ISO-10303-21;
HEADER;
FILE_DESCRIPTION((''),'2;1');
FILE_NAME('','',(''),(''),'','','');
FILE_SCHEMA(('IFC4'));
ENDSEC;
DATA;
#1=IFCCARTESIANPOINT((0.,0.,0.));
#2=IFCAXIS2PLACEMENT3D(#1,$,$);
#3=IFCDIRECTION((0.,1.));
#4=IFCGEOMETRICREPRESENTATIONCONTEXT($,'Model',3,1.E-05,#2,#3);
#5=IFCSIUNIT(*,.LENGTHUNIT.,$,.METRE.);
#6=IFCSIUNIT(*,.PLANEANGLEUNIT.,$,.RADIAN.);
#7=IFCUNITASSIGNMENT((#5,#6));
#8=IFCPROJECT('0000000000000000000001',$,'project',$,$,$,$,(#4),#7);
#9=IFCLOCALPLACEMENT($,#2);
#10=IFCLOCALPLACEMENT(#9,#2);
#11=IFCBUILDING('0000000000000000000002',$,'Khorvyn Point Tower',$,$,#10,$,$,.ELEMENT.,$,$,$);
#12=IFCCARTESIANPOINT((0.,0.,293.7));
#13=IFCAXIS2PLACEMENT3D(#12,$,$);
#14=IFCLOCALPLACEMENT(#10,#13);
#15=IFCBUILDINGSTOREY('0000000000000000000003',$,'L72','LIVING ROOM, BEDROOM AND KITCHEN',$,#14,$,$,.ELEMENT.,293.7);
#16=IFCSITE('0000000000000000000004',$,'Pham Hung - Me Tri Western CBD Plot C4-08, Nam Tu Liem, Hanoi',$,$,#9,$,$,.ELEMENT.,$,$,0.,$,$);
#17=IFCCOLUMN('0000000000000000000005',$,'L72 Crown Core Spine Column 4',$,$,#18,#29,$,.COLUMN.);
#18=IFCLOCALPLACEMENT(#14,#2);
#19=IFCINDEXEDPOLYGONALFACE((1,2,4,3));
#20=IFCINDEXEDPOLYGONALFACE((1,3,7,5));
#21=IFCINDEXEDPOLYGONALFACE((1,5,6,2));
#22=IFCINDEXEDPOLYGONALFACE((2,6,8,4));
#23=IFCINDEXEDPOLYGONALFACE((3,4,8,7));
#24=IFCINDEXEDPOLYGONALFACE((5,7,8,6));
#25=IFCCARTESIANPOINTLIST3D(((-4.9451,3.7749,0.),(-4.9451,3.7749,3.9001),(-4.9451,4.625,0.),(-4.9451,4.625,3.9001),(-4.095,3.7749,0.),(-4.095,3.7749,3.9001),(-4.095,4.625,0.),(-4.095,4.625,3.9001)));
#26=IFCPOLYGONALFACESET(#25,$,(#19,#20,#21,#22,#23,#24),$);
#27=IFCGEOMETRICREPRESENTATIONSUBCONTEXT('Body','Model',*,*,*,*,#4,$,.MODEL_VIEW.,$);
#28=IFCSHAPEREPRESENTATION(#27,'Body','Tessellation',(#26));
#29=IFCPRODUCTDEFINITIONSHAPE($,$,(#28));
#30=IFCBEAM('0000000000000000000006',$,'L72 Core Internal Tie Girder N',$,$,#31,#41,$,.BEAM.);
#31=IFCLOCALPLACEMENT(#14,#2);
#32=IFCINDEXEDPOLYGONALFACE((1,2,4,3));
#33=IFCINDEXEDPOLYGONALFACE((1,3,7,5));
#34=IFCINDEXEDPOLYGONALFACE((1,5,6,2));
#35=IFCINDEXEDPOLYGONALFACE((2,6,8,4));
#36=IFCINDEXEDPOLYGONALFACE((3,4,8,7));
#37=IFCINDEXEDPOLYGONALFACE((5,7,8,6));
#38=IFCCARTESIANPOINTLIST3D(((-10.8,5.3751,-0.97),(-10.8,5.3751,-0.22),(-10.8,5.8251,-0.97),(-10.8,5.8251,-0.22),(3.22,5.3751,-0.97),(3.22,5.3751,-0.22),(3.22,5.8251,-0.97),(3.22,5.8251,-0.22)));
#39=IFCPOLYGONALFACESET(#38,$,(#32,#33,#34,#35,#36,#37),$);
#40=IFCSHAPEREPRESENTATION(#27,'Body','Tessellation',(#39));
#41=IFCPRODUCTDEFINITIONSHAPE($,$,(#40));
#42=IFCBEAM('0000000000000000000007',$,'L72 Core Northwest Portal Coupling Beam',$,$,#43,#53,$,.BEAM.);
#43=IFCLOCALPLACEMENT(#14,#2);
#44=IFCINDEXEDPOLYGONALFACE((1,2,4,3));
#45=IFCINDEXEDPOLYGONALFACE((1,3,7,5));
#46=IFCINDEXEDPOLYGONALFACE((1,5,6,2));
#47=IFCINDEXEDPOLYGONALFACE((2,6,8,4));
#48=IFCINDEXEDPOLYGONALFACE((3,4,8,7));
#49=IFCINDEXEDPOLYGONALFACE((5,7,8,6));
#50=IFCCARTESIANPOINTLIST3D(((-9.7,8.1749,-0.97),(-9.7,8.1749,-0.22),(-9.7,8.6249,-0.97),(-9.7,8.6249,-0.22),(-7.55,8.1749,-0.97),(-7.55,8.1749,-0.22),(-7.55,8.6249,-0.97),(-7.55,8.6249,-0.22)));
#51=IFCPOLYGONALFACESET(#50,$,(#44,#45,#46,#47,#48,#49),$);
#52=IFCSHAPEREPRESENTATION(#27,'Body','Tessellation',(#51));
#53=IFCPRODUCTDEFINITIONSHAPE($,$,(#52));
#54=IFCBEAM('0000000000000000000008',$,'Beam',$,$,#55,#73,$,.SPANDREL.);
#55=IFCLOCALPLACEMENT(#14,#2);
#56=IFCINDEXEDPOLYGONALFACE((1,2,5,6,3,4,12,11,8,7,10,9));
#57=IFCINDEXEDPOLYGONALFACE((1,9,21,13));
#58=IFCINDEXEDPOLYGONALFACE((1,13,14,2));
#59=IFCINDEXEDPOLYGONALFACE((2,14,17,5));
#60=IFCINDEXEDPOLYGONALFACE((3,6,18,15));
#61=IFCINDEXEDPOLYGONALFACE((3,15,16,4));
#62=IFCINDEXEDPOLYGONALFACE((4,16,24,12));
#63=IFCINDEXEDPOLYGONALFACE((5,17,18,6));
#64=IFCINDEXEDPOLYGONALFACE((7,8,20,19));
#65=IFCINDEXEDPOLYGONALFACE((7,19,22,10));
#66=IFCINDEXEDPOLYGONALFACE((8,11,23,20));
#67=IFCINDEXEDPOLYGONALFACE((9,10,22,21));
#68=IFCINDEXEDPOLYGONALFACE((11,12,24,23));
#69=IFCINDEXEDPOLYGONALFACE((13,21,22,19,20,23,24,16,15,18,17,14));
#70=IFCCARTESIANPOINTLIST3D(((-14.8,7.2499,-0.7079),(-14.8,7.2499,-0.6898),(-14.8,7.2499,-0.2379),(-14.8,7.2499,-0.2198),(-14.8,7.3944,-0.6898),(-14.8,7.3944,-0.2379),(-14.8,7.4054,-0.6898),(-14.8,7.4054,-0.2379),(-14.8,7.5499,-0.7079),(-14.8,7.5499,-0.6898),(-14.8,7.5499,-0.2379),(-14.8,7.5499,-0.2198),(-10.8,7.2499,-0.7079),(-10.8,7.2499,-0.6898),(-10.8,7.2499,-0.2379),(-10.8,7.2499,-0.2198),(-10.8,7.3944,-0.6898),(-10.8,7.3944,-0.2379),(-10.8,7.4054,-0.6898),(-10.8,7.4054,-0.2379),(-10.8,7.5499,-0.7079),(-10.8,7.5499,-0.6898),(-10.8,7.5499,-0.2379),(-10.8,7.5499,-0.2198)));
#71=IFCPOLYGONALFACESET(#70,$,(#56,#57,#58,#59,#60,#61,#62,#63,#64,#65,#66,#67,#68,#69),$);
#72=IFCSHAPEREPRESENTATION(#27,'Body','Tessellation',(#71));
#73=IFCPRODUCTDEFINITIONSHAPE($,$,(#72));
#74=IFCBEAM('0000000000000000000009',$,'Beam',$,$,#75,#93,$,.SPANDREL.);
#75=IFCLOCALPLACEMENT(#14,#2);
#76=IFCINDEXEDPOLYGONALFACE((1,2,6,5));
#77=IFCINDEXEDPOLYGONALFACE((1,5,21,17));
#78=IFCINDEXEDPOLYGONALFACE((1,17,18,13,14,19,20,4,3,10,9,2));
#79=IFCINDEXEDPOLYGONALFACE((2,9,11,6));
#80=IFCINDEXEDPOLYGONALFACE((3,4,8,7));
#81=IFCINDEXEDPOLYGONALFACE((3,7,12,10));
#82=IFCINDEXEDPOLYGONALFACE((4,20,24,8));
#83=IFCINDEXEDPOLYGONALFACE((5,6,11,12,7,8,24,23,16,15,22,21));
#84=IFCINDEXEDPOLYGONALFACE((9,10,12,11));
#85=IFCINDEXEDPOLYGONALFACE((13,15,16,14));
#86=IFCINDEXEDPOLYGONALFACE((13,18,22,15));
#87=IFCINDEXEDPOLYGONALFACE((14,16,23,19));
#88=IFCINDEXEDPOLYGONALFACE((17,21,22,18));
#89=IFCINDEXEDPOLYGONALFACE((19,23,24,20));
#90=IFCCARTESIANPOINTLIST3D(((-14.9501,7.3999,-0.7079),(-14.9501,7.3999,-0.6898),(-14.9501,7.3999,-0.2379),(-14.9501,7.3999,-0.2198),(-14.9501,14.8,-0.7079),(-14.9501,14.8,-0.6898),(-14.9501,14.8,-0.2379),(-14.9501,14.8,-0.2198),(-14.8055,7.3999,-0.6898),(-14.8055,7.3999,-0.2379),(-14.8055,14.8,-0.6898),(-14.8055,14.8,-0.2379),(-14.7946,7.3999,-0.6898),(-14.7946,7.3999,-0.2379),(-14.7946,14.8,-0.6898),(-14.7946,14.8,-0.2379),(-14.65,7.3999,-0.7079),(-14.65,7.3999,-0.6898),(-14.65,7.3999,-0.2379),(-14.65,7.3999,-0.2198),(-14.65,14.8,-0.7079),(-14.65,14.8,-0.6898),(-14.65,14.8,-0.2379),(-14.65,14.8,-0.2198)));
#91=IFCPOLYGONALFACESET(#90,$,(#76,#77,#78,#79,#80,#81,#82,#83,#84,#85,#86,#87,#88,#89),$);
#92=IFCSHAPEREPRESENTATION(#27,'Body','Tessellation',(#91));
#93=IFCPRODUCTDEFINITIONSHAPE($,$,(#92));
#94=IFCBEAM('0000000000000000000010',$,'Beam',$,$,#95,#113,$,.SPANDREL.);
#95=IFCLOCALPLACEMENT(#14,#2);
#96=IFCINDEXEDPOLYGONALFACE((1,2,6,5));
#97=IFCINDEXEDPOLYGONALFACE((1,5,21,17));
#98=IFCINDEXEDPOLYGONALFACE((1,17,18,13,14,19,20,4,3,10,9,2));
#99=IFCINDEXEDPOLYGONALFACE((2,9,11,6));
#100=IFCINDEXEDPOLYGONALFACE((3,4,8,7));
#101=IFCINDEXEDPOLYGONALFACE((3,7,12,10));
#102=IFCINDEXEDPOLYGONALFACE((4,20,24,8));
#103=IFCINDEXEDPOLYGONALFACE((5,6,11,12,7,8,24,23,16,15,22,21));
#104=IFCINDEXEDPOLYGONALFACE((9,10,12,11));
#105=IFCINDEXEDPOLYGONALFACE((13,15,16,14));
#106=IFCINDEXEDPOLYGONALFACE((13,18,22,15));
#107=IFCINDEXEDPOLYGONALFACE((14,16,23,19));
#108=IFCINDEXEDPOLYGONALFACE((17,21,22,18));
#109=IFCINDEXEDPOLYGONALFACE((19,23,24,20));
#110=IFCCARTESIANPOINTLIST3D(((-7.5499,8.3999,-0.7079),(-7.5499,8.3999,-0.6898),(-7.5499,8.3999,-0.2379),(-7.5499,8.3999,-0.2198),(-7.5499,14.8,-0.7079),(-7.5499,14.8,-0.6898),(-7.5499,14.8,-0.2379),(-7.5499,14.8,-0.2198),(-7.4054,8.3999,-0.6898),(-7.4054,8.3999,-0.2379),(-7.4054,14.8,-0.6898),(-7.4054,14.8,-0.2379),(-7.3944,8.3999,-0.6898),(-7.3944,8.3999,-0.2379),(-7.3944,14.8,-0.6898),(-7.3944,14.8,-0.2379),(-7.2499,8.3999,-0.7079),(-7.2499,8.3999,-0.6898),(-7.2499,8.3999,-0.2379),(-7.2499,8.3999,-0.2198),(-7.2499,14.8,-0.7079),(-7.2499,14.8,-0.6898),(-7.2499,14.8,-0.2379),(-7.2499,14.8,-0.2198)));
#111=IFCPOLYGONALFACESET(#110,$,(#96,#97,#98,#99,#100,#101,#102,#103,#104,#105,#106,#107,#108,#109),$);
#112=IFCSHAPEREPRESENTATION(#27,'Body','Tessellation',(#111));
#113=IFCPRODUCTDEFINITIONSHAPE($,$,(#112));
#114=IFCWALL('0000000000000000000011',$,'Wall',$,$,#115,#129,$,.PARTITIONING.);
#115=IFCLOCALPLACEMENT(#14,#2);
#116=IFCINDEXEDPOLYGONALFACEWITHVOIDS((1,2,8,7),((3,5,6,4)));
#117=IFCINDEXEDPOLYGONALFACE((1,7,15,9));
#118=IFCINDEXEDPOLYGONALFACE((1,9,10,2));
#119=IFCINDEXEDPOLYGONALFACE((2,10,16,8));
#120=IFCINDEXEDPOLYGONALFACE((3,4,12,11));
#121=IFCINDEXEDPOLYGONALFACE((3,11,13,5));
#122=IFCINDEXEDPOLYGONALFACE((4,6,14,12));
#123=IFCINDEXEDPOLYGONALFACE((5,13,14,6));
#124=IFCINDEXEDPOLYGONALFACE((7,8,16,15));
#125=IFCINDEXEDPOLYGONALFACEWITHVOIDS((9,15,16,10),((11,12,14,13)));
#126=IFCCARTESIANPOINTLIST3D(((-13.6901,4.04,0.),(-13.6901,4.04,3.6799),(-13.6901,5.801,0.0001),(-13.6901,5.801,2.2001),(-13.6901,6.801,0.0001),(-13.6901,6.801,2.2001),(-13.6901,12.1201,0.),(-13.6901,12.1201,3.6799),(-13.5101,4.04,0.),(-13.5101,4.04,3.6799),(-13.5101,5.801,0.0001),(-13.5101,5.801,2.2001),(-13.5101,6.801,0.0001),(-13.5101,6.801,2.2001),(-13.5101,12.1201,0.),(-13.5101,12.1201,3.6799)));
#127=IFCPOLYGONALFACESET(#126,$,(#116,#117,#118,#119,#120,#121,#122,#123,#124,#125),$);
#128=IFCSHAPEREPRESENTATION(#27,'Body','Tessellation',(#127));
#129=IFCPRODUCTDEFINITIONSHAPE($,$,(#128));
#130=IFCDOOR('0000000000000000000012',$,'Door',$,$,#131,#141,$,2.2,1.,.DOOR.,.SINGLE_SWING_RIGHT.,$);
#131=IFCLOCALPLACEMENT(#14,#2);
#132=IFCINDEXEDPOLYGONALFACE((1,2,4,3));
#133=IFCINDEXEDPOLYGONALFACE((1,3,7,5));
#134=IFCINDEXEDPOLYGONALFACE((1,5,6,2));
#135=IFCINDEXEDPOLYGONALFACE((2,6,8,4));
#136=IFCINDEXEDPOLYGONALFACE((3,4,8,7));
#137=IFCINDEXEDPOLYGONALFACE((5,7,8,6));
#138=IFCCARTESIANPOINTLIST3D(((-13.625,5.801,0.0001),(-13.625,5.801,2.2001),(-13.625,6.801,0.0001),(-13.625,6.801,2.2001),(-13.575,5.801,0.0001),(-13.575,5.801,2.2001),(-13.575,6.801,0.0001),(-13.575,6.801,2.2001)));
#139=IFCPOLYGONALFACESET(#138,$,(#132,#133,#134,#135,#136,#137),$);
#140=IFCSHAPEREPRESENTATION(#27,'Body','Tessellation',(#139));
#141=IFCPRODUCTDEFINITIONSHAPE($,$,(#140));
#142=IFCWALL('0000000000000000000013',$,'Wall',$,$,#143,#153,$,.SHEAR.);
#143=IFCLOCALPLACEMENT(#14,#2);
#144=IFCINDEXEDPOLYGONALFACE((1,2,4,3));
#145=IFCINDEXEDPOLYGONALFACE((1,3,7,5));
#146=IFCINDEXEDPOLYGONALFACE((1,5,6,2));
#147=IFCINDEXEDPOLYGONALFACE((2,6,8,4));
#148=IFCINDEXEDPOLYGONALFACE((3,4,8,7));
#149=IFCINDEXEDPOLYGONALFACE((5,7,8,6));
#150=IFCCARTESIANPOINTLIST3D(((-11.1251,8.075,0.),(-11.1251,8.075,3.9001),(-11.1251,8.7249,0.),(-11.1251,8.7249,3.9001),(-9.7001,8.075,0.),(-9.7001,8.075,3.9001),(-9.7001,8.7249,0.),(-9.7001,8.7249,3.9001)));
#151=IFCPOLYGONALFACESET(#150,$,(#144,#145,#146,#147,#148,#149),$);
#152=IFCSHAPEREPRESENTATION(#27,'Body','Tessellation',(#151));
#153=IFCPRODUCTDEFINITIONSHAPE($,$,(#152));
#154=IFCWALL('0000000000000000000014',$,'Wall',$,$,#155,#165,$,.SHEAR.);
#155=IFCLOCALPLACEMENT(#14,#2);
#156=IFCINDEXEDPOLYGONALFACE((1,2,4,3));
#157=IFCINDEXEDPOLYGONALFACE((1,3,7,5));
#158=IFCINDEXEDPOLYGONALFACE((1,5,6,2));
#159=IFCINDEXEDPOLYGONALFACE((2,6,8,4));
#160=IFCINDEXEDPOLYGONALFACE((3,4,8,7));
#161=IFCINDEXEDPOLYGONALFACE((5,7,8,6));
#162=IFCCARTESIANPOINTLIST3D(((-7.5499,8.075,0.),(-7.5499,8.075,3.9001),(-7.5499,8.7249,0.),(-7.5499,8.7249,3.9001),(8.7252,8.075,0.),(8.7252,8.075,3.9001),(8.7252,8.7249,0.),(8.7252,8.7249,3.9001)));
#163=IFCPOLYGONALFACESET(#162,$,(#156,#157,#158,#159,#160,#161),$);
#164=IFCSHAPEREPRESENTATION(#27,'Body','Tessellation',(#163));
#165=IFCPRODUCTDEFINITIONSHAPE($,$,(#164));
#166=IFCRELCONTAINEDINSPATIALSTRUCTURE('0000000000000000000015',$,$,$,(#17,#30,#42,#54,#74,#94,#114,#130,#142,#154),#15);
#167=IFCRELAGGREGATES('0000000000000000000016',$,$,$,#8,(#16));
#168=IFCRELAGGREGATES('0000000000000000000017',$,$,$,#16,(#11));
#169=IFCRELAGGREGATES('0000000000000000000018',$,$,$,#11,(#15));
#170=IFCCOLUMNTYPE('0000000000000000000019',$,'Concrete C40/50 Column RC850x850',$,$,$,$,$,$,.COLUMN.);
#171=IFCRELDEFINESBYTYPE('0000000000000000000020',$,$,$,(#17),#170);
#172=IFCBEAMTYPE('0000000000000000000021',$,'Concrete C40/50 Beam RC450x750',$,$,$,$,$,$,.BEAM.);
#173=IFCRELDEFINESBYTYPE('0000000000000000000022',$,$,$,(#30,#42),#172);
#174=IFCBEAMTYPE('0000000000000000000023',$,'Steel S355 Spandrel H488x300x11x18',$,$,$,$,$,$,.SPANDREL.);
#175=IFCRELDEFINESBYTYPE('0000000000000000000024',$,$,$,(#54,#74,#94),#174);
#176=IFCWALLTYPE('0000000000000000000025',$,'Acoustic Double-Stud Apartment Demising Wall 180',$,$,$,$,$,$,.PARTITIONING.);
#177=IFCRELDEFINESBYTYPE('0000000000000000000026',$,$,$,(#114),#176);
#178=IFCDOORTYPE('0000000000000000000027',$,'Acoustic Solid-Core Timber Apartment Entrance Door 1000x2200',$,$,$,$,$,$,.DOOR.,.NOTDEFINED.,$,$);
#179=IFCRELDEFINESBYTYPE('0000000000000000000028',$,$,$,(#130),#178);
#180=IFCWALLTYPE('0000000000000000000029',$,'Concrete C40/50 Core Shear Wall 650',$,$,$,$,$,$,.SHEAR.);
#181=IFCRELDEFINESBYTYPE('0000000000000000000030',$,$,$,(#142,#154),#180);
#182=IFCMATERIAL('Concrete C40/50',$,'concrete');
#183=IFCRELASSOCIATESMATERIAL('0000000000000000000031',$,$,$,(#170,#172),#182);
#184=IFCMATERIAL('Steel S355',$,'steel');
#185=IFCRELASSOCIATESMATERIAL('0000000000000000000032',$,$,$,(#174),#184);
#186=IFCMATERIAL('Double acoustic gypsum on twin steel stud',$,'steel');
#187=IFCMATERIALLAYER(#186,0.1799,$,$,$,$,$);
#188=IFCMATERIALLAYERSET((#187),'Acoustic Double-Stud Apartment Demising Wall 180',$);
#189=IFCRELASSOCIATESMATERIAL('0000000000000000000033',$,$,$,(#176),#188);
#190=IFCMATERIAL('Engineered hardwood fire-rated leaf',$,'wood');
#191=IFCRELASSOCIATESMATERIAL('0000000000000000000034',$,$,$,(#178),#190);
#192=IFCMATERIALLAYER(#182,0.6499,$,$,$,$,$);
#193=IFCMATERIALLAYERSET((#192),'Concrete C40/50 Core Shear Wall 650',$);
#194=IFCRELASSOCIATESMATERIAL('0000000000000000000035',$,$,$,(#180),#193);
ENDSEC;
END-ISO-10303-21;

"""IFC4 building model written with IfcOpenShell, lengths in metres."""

from ifc_helpers import new_model, si_unit, direction, frame, frame_2d, origin, origin_2d, place, context, subcontext, project, spatial, rectangle, i_section, extrude, material, layer, layer_set, material_profile, profile_set, type_object, element, fill, save


model = new_model("IFC4")

# Units and contexts
model_context = context("Model", 3, precision=1e-05, world=origin(), true_north=direction((0.0, 1.0)))
body_context = subcontext(model_context, "Body", "Model", "MODEL_VIEW")
ifc_project = project(units=[si_unit("LENGTHUNIT", "METRE"), si_unit("PLANEANGLEUNIT", "RADIAN")], contexts=[model_context])

# Site, building, storey
site_placement = place(None, origin())
site = spatial("IfcSite", under=ifc_project, at=site_placement, Name="Pham Hung - Me Tri Western CBD Plot C4-08, Nam Tu Liem, Hanoi", CompositionType="ELEMENT", RefElevation=0.0)
building_placement = place(site_placement, origin())
building = spatial("IfcBuilding", under=site, at=building_placement, Name="Khorvyn Point Tower", CompositionType="ELEMENT")
storey_placement = place(building_placement, frame((0.0, 0.0, 293.7)))
storey = spatial("IfcBuildingStorey", under=building, at=storey_placement, Name="L72", Description="LIVING ROOM, BEDROOM AND KITCHEN", CompositionType="ELEMENT", Elevation=293.7)

# Column
ifc_material_1 = material(Name="Concrete C40/50", Category="concrete")
ifc_material_profile_1 = material_profile(ifc_material_1, rectangle(XDim=0.8501, YDim=0.8501, at=origin_2d()))
ifc_profile_set_1 = profile_set([ifc_material_profile_1], Name="Concrete C40/50 RC850x850")
column_type = type_object("IfcColumnType", Name="Concrete C40/50 Column RC850x850", PredefinedType="COLUMN", material=ifc_profile_set_1)
column_placement = place(storey_placement, frame((-4.52, 4.2, 0.0), z_axis=(0.0, 0.0, 1.0), x_axis=(1.0, 0.0, 0.0)))
element("IfcColumn", 1, at=column_placement, inside=storey, type_object=column_type, Name="L72 Crown Core Spine Column 4", PredefinedType="COLUMN", context=body_context, shape_type="SweptSolid", body=[
    extrude(rectangle(XDim=0.8501, YDim=0.8501, at=origin_2d()), origin(), (0.0, 0.0, 1.0), 3.9001),
])

# Beams
ifc_material_profile_2 = material_profile(ifc_material_1, rectangle(XDim=0.45, YDim=0.75, at=origin_2d()))
ifc_profile_set_2 = profile_set([ifc_material_profile_2], Name="Concrete C40/50 RC450x750")
beam_type_1 = type_object("IfcBeamType", Name="Concrete C40/50 Beam RC450x750", PredefinedType="BEAM", material=ifc_profile_set_2)
beam_1_placement = place(storey_placement, frame((-10.8, 5.6001, -0.595), z_axis=(1.0, 0.0, 0.0), x_axis=(0.0, 1.0, 0.0)))
element("IfcBeam", 2, at=beam_1_placement, inside=storey, type_object=beam_type_1, Name="L72 Core Internal Tie Girder N", PredefinedType="BEAM", context=body_context, shape_type="SweptSolid", body=[
    extrude(rectangle(XDim=0.45, YDim=0.75, at=origin_2d()), origin(), (0.0, 0.0, 1.0), 14.02),
])
beam_2_placement = place(storey_placement, frame((-9.7, 8.3999, -0.595), z_axis=(1.0, 0.0, 0.0), x_axis=(0.0, 1.0, 0.0)))
element("IfcBeam", 3, at=beam_2_placement, inside=storey, type_object=beam_type_1, Name="L72 Core Northwest Portal Coupling Beam", PredefinedType="BEAM", context=body_context, shape_type="SweptSolid", body=[
    extrude(rectangle(XDim=0.45, YDim=0.75, at=origin_2d()), origin(), (0.0, 0.0, 1.0), 2.1499),
])
ifc_material_2 = material(Name="Steel S355", Category="steel")
ifc_material_profile_3 = material_profile(ifc_material_2, i_section(OverallWidth=0.3, OverallDepth=0.488, WebThickness=0.011, FlangeThickness=0.0181, at=origin_2d()))
ifc_profile_set_3 = profile_set([ifc_material_profile_3], Name="Steel S355 H488x300x11x18")
beam_type_2 = type_object("IfcBeamType", Name="Steel S355 Spandrel H488x300x11x18", PredefinedType="SPANDREL", material=ifc_profile_set_3)
beam_3_placement = place(storey_placement, frame((-14.8, 7.3999, -0.4639), z_axis=(1.0, 0.0, 0.0), x_axis=(0.0, 1.0, 0.0)))
element("IfcBeam", 4, at=beam_3_placement, inside=storey, type_object=beam_type_2, Name="Beam", PredefinedType="SPANDREL", context=body_context, shape_type="SweptSolid", body=[
    extrude(i_section(OverallWidth=0.3, OverallDepth=0.488, WebThickness=0.011, FlangeThickness=0.0181, at=origin_2d()), origin(), (0.0, 0.0, 1.0), 4.0),
])
beam_4_placement = place(storey_placement, frame((-14.8, 7.3999, -0.4639), z_axis=(0.0, 1.0, 0.0), x_axis=(-1.0, 0.0, 0.0)))
element("IfcBeam", 5, at=beam_4_placement, inside=storey, type_object=beam_type_2, Name="Beam", PredefinedType="SPANDREL", context=body_context, shape_type="SweptSolid", body=[
    extrude(i_section(OverallWidth=0.3, OverallDepth=0.488, WebThickness=0.011, FlangeThickness=0.0181, at=origin_2d()), origin(), (0.0, 0.0, 1.0), 7.4001),
])
beam_5_placement = place(storey_placement, frame((-7.3999, 8.3999, -0.4639), z_axis=(0.0, 1.0, 0.0), x_axis=(-1.0, 0.0, 0.0)))
element("IfcBeam", 6, at=beam_5_placement, inside=storey, type_object=beam_type_2, Name="Beam", PredefinedType="SPANDREL", context=body_context, shape_type="SweptSolid", body=[
    extrude(i_section(OverallWidth=0.3, OverallDepth=0.488, WebThickness=0.011, FlangeThickness=0.0181, at=origin_2d()), origin(), (0.0, 0.0, 1.0), 6.4001),
])

# Wall, opening, door
ifc_material_3 = material(Name="Double acoustic gypsum on twin steel stud", Category="steel")
ifc_layer_1 = layer(ifc_material_3, 0.1799)
ifc_layer_set_1 = layer_set([ifc_layer_1], Name="Acoustic Double-Stud Apartment Demising Wall 180")
wall_type_1 = type_object("IfcWallType", Name="Acoustic Double-Stud Apartment Demising Wall 180", PredefinedType="PARTITIONING", material=ifc_layer_set_1)
wall_1_placement = place(storey_placement, frame((-13.6001, 4.04, 0.0), z_axis=(0.0, 0.0, 1.0), x_axis=(0.0, 1.0, 0.0)))
wall_1 = element("IfcWall", 7, at=wall_1_placement, inside=storey, type_object=wall_type_1, Name="Wall", PredefinedType="PARTITIONING", context=body_context, shape_type="SweptSolid", body=[
    extrude(rectangle(XDim=8.0801, YDim=0.1799, at=frame_2d((4.04, 0.0))), origin(), (0.0, 0.0, 1.0), 3.6799),
])
opening_1_placement = place(wall_1_placement, frame((1.761, 0.0, 0.0)))
opening_1 = element("IfcOpeningElement", 8, at=opening_1_placement, cuts=wall_1, PredefinedType="OPENING", context=body_context, shape_type="SweptSolid", body=[
    extrude(rectangle(XDim=1.0, YDim=2.2, at=frame_2d((0.5, 1.1001))), frame((0.0, 0.0999, 0.0), z_axis=(0.0, -1.0, 0.0), x_axis=(1.0, 0.0, 0.0)), (0.0, 0.0, 1.0), 0.2),
])
ifc_material_4 = material(Name="Engineered hardwood fire-rated leaf", Category="wood")
door_type_1 = type_object("IfcDoorType", Name="Acoustic Solid-Core Timber Apartment Entrance Door 1000x2200", OperationType="NOTDEFINED", PredefinedType="DOOR", material=ifc_material_4)
door_1_placement = place(opening_1_placement, origin())
door_1 = element("IfcDoor", 9, at=door_1_placement, inside=storey, type_object=door_type_1, Name="Door", OperationType="SINGLE_SWING_RIGHT", OverallHeight=2.2, OverallWidth=1.0, PredefinedType="DOOR", context=body_context, shape_type="SweptSolid", body=[
    extrude(rectangle(XDim=1.0, YDim=2.2, at=frame_2d((0.5, 1.1001))), frame((0.0, 0.0249, 0.0), z_axis=(0.0, -1.0, 0.0), x_axis=(1.0, 0.0, 0.0)), (0.0, 0.0, 1.0), 0.05),
])
fill(opening_1, door_1)

# Walls
ifc_layer_2 = layer(ifc_material_1, 0.6499)
ifc_layer_set_2 = layer_set([ifc_layer_2], Name="Concrete C40/50 Core Shear Wall 650")
wall_type_2 = type_object("IfcWallType", Name="Concrete C40/50 Core Shear Wall 650", PredefinedType="SHEAR", material=ifc_layer_set_2)
wall_2_placement = place(storey_placement, frame((-11.125, 8.3999, 0.0), z_axis=(0.0, 0.0, 1.0), x_axis=(1.0, 0.0, 0.0)))
element("IfcWall", 10, at=wall_2_placement, inside=storey, type_object=wall_type_2, Name="Wall", PredefinedType="SHEAR", context=body_context, shape_type="SweptSolid", body=[
    extrude(rectangle(XDim=1.425, YDim=0.6499, at=frame_2d((0.7124, 0.0))), origin(), (0.0, 0.0, 1.0), 3.9001),
])
wall_3_placement = place(storey_placement, frame((-7.55, 8.3999, 0.0), z_axis=(0.0, 0.0, 1.0), x_axis=(1.0, 0.0, 0.0)))
element("IfcWall", 11, at=wall_3_placement, inside=storey, type_object=wall_type_2, Name="Wall", PredefinedType="SHEAR", context=body_context, shape_type="SweptSolid", body=[
    extrude(rectangle(XDim=16.2751, YDim=0.6499, at=frame_2d((8.1377, 0.0))), origin(), (0.0, 0.0, 1.0), 3.9001),
])

save(model, "model.ifc")
